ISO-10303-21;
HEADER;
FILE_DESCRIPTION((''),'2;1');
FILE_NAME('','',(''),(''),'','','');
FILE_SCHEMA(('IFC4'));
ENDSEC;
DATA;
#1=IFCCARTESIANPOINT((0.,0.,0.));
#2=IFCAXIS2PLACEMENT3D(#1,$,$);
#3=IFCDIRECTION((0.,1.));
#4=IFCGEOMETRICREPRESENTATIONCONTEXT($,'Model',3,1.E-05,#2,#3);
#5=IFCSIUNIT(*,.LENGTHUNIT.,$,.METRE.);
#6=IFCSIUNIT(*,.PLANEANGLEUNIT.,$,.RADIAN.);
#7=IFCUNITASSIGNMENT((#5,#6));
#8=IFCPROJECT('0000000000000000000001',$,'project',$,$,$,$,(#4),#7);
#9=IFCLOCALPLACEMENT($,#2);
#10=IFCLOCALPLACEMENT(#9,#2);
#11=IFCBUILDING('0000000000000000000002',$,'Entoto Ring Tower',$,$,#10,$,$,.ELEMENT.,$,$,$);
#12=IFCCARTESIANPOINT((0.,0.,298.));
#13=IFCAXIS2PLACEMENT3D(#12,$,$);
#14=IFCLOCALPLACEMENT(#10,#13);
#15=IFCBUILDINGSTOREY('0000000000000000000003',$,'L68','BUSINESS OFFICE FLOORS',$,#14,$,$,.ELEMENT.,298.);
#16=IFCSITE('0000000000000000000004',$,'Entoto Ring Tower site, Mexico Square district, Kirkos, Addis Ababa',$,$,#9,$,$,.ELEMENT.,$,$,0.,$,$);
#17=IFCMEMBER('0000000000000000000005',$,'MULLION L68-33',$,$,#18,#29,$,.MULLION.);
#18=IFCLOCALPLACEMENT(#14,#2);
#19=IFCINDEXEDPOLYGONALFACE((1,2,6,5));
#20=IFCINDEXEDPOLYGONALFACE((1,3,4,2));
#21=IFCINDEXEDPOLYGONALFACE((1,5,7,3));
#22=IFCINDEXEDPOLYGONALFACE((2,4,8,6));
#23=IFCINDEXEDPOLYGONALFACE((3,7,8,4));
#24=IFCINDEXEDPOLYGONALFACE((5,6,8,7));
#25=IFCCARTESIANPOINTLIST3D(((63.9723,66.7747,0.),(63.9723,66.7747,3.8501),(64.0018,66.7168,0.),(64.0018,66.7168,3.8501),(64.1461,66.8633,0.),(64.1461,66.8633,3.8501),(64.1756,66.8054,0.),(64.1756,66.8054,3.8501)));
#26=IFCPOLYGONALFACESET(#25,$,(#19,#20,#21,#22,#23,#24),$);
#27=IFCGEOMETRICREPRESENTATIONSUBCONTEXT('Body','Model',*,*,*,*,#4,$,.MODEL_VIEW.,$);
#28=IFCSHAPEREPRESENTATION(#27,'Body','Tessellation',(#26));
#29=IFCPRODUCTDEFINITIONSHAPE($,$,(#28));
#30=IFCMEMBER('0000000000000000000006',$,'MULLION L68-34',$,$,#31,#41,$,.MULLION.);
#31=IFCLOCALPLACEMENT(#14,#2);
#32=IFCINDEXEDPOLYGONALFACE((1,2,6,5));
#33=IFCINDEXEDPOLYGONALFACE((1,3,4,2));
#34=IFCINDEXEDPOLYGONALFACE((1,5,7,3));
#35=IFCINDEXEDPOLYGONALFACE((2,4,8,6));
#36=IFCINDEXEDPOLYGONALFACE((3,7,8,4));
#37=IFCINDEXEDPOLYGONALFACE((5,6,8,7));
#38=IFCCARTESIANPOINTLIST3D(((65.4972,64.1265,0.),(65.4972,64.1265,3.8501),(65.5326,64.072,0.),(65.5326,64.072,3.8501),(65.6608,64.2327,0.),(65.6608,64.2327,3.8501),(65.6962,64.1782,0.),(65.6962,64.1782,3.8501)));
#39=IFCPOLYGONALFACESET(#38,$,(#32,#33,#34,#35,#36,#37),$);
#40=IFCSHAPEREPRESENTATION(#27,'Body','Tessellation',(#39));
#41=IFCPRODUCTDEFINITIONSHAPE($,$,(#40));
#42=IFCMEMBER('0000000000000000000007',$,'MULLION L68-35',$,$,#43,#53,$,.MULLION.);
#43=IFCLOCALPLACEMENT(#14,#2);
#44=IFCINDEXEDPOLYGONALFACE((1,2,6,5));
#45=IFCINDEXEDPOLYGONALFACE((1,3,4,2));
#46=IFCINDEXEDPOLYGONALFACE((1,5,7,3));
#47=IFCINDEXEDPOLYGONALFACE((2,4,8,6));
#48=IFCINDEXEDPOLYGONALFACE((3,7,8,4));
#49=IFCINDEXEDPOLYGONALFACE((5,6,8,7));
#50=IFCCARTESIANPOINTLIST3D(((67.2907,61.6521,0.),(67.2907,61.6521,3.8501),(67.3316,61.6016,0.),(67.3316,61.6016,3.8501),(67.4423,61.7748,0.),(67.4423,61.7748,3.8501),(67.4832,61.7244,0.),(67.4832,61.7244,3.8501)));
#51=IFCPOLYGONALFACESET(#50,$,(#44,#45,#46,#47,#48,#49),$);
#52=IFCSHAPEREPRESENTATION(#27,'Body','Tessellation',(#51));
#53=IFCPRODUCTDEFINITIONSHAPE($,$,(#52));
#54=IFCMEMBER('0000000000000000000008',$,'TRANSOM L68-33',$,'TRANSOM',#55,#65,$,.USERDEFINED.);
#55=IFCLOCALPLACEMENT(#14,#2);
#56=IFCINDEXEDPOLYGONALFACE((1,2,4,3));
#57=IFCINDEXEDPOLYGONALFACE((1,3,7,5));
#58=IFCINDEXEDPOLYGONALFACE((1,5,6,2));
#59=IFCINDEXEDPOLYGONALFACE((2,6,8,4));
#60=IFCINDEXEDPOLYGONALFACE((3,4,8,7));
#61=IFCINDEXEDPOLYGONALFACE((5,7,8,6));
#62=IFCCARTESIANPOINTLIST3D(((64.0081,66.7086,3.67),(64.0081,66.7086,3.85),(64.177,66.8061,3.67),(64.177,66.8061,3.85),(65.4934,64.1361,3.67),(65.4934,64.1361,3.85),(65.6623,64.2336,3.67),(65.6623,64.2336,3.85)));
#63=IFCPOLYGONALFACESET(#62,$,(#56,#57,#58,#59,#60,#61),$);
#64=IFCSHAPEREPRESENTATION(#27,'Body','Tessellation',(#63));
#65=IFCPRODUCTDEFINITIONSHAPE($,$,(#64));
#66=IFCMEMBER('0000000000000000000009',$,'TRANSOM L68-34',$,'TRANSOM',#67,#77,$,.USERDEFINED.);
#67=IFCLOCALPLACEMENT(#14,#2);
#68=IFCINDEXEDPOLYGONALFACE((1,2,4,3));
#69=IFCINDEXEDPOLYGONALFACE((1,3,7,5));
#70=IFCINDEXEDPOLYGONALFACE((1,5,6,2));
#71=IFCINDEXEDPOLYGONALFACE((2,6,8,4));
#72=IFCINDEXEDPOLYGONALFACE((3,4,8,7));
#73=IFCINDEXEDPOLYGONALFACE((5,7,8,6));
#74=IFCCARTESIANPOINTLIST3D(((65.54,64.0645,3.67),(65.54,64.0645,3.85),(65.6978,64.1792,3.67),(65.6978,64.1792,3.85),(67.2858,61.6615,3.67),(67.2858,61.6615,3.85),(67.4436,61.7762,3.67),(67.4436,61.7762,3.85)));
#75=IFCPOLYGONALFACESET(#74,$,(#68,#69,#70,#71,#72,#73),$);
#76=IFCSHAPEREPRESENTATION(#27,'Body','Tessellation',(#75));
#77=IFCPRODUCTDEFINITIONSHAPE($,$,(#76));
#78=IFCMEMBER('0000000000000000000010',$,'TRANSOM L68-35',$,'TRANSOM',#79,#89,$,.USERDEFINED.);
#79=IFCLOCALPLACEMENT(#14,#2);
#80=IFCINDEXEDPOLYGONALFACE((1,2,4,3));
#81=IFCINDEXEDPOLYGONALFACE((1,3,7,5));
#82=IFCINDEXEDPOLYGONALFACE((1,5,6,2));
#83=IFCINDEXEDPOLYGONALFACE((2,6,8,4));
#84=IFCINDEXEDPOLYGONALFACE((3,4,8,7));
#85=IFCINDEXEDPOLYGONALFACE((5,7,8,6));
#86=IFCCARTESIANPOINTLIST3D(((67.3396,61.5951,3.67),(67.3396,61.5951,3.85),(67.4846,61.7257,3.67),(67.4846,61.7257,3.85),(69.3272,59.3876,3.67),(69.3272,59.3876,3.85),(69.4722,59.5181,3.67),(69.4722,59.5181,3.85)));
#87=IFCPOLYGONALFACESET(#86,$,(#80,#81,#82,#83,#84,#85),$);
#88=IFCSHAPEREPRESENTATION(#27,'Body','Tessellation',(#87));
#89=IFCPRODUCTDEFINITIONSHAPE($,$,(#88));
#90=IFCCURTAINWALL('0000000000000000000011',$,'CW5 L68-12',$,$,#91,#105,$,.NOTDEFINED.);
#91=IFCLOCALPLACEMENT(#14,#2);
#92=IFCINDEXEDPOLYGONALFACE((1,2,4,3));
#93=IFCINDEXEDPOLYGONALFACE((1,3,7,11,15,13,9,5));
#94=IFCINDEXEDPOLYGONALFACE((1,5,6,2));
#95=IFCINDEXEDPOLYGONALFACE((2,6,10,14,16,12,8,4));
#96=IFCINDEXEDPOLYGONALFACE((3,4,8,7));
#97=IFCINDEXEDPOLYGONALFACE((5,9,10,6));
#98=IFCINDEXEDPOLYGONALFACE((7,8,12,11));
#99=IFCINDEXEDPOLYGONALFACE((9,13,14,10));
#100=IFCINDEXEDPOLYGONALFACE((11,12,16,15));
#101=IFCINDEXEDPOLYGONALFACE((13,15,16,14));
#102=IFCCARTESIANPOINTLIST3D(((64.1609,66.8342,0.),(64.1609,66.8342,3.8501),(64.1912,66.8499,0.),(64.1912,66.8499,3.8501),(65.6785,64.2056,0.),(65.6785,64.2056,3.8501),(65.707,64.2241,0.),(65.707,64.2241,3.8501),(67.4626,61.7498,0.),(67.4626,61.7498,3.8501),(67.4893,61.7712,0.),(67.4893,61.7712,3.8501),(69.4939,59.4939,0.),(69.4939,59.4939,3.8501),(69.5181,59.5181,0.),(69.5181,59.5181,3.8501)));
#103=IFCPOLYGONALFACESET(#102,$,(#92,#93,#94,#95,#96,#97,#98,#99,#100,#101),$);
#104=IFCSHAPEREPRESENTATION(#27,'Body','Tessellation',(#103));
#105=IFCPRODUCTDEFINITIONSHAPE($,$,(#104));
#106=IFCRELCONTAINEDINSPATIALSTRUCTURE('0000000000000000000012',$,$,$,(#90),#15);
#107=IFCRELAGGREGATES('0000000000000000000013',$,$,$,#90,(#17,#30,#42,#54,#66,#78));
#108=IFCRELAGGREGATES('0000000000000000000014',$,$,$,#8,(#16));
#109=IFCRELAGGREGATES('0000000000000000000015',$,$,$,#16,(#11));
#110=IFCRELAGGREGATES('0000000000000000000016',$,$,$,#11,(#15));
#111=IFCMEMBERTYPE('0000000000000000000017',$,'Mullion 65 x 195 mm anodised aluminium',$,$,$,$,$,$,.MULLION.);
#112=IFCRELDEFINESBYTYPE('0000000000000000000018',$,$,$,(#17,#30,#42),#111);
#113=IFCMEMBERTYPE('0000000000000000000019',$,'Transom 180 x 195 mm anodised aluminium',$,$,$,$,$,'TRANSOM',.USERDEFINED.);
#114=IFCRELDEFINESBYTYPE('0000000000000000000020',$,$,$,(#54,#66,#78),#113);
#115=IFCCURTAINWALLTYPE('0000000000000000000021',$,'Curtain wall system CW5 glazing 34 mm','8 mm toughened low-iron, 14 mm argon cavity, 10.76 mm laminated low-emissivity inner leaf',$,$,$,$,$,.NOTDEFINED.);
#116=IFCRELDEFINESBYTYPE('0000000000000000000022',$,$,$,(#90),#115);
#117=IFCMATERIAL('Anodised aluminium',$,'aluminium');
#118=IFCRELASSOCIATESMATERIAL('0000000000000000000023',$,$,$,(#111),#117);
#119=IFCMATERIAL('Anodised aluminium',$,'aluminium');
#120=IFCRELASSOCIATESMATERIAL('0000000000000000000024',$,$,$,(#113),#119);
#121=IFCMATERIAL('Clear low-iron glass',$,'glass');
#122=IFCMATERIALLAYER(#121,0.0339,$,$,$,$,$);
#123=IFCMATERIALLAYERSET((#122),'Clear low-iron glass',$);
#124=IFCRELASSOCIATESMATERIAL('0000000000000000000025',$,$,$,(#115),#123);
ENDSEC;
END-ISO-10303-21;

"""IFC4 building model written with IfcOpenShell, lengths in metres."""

from ifc_helpers import new_model, si_unit, direction, frame, origin, origin_2d, place, context, subcontext, project, spatial, polyline, rectangle, outline, extrude, material, layer, layer_set, material_profile, profile_set, type_object, element, aggregate, save


model = new_model("IFC4")

# Units and contexts
model_context = context("Model", 3, precision=1e-05, world=origin(), true_north=direction((0.0, 1.0)))
body_context = subcontext(model_context, "Body", "Model", "MODEL_VIEW")
ifc_project = project(units=[si_unit("LENGTHUNIT", "METRE"), si_unit("PLANEANGLEUNIT", "RADIAN")], contexts=[model_context])

# Members
ifc_material_1 = material(Name="Anodised aluminium", Category="aluminium")
ifc_material_profile_1 = material_profile(ifc_material_1, rectangle(XDim=0.0649, YDim=0.1951, at=origin_2d()), Name="Mullion 65 x 195 mm anodised aluminium")
ifc_profile_set_1 = profile_set([ifc_material_profile_1], Name="Anodised aluminium")
member_type_1 = type_object("IfcMemberType", Name="Mullion 65 x 195 mm anodised aluminium", PredefinedType="MULLION", material=ifc_profile_set_1)
site_placement = place(None, origin())
building_placement = place(site_placement, origin())
storey_placement = place(building_placement, frame((0.0, 0.0, 298.0)))
member_1_placement = place(storey_placement, frame((64.074, 66.79, 0.0), z_axis=(0.0, 0.0, 1.0), x_axis=(0.45399, -0.891007, 0.0)))
member_1 = element("IfcMember", 1, at=member_1_placement, type_object=member_type_1, Name="MULLION L68-33", PredefinedType="MULLION", context=body_context, shape_type="SweptSolid", body=[
    extrude(rectangle(XDim=0.0649, YDim=0.1951, at=origin_2d()), origin(), (0.0, 0.0, 1.0), 3.8501),
])
member_2_placement = place(storey_placement, frame((65.5967, 64.1523, 0.0), z_axis=(0.0, 0.0, 1.0), x_axis=(0.544639, -0.838671, 0.0)))
member_2 = element("IfcMember", 2, at=member_2_placement, type_object=member_type_1, Name="MULLION L68-34", PredefinedType="MULLION", context=body_context, shape_type="SweptSolid", body=[
    extrude(rectangle(XDim=0.0649, YDim=0.1951, at=origin_2d()), origin(), (0.0, 0.0, 1.0), 3.8501),
])
member_3_placement = place(storey_placement, frame((67.387, 61.6882, 0.0), z_axis=(0.0, 0.0, 1.0), x_axis=(0.62932, -0.777146, 0.0)))
member_3 = element("IfcMember", 3, at=member_3_placement, type_object=member_type_1, Name="MULLION L68-35", PredefinedType="MULLION", context=body_context, shape_type="SweptSolid", body=[
    extrude(rectangle(XDim=0.0649, YDim=0.1951, at=origin_2d()), origin(), (0.0, 0.0, 1.0), 3.8501),
])
ifc_material_2 = material(Name="Anodised aluminium", Category="aluminium")
ifc_material_profile_2 = material_profile(ifc_material_2, rectangle(XDim=0.1951, YDim=0.1799, at=origin_2d()), Name="Transom 180 x 195 mm anodised aluminium")
ifc_profile_set_2 = profile_set([ifc_material_profile_2], Name="Anodised aluminium")
member_type_2 = type_object("IfcMemberType", Name="Transom 180 x 195 mm anodised aluminium", ElementType="TRANSOM", PredefinedType="USERDEFINED", material=ifc_profile_set_2)
member_4_placement = place(storey_placement, frame((64.0925, 66.7573, 3.76), z_axis=(0.500028, -0.866009, 0.0), x_axis=(0.866009, 0.500028, 0.0)))
member_4 = element("IfcMember", 4, at=member_4_placement, type_object=member_type_2, Name="TRANSOM L68-33", ObjectType="TRANSOM", PredefinedType="USERDEFINED", context=body_context, shape_type="SweptSolid", body=[
    extrude(rectangle(XDim=0.1951, YDim=0.1799, at=origin_2d()), origin(), (0.0, 0.0, 1.0), 2.9705),
])
member_5_placement = place(storey_placement, frame((65.6189, 64.1218, 3.76), z_axis=(0.587766, -0.809031, 0.0), x_axis=(0.809031, 0.587766, 0.0)))
member_5 = element("IfcMember", 5, at=member_5_placement, type_object=member_type_2, Name="TRANSOM L68-34", ObjectType="TRANSOM", PredefinedType="USERDEFINED", context=body_context, shape_type="SweptSolid", body=[
    extrude(rectangle(XDim=0.1951, YDim=0.1799, at=origin_2d()), origin(), (0.0, 0.0, 1.0), 2.9702),
])
member_6_placement = place(storey_placement, frame((67.4121, 61.6604, 3.76), z_axis=(0.66911, -0.743163, 0.0), x_axis=(0.743163, 0.66911, 0.0)))
member_6 = element("IfcMember", 6, at=member_6_placement, type_object=member_type_2, Name="TRANSOM L68-35", ObjectType="TRANSOM", PredefinedType="USERDEFINED", context=body_context, shape_type="SweptSolid", body=[
    extrude(rectangle(XDim=0.1951, YDim=0.1799, at=origin_2d()), origin(), (0.0, 0.0, 1.0), 2.9705),
])

# Site, building, storey
site = spatial("IfcSite", under=ifc_project, at=site_placement, Name="Entoto Ring Tower site, Mexico Square district, Kirkos, Addis Ababa", CompositionType="ELEMENT", RefElevation=0.0)
building = spatial("IfcBuilding", under=site, at=building_placement, Name="Entoto Ring Tower", CompositionType="ELEMENT")
storey = spatial("IfcBuildingStorey", under=building, at=storey_placement, Name="L68", Description="BUSINESS OFFICE FLOORS", CompositionType="ELEMENT", Elevation=298.0)

# Curtain wall
ifc_material_3 = material(Name="Clear low-iron glass", Category="glass")
ifc_layer = layer(ifc_material_3, 0.0339)
ifc_layer_set = layer_set([ifc_layer], Name="Clear low-iron glass")
curtain_wall_type = type_object("IfcCurtainWallType", Name="Curtain wall system CW5 glazing 34 mm", Description="8 mm toughened low-iron, 14 mm argon cavity, 10.76 mm laminated low-emissivity inner leaf", PredefinedType="NOTDEFINED", material=ifc_layer_set)
curtain_wall_1_placement = place(storey_placement, origin())
curtain_wall_1 = element("IfcCurtainWall", 7, at=curtain_wall_1_placement, inside=storey, type_object=curtain_wall_type, Name="CW5 L68-12", PredefinedType="NOTDEFINED", context=body_context, shape_type="SweptSolid", body=[
    extrude(outline(polyline([(64.1609, 66.8342), (65.6785, 64.2056), (67.4626, 61.7498), (69.4939, 59.4939), (69.5181, 59.5181), (67.4893, 61.7712), (65.707, 64.2241), (64.1912, 66.8499), (64.1609, 66.8342)])), origin(), (0.0, 0.0, 1.0), 3.8501),
])
aggregate(curtain_wall_1, [member_1, member_2, member_3, member_4, member_5, member_6])

save(model, "model.ifc")
